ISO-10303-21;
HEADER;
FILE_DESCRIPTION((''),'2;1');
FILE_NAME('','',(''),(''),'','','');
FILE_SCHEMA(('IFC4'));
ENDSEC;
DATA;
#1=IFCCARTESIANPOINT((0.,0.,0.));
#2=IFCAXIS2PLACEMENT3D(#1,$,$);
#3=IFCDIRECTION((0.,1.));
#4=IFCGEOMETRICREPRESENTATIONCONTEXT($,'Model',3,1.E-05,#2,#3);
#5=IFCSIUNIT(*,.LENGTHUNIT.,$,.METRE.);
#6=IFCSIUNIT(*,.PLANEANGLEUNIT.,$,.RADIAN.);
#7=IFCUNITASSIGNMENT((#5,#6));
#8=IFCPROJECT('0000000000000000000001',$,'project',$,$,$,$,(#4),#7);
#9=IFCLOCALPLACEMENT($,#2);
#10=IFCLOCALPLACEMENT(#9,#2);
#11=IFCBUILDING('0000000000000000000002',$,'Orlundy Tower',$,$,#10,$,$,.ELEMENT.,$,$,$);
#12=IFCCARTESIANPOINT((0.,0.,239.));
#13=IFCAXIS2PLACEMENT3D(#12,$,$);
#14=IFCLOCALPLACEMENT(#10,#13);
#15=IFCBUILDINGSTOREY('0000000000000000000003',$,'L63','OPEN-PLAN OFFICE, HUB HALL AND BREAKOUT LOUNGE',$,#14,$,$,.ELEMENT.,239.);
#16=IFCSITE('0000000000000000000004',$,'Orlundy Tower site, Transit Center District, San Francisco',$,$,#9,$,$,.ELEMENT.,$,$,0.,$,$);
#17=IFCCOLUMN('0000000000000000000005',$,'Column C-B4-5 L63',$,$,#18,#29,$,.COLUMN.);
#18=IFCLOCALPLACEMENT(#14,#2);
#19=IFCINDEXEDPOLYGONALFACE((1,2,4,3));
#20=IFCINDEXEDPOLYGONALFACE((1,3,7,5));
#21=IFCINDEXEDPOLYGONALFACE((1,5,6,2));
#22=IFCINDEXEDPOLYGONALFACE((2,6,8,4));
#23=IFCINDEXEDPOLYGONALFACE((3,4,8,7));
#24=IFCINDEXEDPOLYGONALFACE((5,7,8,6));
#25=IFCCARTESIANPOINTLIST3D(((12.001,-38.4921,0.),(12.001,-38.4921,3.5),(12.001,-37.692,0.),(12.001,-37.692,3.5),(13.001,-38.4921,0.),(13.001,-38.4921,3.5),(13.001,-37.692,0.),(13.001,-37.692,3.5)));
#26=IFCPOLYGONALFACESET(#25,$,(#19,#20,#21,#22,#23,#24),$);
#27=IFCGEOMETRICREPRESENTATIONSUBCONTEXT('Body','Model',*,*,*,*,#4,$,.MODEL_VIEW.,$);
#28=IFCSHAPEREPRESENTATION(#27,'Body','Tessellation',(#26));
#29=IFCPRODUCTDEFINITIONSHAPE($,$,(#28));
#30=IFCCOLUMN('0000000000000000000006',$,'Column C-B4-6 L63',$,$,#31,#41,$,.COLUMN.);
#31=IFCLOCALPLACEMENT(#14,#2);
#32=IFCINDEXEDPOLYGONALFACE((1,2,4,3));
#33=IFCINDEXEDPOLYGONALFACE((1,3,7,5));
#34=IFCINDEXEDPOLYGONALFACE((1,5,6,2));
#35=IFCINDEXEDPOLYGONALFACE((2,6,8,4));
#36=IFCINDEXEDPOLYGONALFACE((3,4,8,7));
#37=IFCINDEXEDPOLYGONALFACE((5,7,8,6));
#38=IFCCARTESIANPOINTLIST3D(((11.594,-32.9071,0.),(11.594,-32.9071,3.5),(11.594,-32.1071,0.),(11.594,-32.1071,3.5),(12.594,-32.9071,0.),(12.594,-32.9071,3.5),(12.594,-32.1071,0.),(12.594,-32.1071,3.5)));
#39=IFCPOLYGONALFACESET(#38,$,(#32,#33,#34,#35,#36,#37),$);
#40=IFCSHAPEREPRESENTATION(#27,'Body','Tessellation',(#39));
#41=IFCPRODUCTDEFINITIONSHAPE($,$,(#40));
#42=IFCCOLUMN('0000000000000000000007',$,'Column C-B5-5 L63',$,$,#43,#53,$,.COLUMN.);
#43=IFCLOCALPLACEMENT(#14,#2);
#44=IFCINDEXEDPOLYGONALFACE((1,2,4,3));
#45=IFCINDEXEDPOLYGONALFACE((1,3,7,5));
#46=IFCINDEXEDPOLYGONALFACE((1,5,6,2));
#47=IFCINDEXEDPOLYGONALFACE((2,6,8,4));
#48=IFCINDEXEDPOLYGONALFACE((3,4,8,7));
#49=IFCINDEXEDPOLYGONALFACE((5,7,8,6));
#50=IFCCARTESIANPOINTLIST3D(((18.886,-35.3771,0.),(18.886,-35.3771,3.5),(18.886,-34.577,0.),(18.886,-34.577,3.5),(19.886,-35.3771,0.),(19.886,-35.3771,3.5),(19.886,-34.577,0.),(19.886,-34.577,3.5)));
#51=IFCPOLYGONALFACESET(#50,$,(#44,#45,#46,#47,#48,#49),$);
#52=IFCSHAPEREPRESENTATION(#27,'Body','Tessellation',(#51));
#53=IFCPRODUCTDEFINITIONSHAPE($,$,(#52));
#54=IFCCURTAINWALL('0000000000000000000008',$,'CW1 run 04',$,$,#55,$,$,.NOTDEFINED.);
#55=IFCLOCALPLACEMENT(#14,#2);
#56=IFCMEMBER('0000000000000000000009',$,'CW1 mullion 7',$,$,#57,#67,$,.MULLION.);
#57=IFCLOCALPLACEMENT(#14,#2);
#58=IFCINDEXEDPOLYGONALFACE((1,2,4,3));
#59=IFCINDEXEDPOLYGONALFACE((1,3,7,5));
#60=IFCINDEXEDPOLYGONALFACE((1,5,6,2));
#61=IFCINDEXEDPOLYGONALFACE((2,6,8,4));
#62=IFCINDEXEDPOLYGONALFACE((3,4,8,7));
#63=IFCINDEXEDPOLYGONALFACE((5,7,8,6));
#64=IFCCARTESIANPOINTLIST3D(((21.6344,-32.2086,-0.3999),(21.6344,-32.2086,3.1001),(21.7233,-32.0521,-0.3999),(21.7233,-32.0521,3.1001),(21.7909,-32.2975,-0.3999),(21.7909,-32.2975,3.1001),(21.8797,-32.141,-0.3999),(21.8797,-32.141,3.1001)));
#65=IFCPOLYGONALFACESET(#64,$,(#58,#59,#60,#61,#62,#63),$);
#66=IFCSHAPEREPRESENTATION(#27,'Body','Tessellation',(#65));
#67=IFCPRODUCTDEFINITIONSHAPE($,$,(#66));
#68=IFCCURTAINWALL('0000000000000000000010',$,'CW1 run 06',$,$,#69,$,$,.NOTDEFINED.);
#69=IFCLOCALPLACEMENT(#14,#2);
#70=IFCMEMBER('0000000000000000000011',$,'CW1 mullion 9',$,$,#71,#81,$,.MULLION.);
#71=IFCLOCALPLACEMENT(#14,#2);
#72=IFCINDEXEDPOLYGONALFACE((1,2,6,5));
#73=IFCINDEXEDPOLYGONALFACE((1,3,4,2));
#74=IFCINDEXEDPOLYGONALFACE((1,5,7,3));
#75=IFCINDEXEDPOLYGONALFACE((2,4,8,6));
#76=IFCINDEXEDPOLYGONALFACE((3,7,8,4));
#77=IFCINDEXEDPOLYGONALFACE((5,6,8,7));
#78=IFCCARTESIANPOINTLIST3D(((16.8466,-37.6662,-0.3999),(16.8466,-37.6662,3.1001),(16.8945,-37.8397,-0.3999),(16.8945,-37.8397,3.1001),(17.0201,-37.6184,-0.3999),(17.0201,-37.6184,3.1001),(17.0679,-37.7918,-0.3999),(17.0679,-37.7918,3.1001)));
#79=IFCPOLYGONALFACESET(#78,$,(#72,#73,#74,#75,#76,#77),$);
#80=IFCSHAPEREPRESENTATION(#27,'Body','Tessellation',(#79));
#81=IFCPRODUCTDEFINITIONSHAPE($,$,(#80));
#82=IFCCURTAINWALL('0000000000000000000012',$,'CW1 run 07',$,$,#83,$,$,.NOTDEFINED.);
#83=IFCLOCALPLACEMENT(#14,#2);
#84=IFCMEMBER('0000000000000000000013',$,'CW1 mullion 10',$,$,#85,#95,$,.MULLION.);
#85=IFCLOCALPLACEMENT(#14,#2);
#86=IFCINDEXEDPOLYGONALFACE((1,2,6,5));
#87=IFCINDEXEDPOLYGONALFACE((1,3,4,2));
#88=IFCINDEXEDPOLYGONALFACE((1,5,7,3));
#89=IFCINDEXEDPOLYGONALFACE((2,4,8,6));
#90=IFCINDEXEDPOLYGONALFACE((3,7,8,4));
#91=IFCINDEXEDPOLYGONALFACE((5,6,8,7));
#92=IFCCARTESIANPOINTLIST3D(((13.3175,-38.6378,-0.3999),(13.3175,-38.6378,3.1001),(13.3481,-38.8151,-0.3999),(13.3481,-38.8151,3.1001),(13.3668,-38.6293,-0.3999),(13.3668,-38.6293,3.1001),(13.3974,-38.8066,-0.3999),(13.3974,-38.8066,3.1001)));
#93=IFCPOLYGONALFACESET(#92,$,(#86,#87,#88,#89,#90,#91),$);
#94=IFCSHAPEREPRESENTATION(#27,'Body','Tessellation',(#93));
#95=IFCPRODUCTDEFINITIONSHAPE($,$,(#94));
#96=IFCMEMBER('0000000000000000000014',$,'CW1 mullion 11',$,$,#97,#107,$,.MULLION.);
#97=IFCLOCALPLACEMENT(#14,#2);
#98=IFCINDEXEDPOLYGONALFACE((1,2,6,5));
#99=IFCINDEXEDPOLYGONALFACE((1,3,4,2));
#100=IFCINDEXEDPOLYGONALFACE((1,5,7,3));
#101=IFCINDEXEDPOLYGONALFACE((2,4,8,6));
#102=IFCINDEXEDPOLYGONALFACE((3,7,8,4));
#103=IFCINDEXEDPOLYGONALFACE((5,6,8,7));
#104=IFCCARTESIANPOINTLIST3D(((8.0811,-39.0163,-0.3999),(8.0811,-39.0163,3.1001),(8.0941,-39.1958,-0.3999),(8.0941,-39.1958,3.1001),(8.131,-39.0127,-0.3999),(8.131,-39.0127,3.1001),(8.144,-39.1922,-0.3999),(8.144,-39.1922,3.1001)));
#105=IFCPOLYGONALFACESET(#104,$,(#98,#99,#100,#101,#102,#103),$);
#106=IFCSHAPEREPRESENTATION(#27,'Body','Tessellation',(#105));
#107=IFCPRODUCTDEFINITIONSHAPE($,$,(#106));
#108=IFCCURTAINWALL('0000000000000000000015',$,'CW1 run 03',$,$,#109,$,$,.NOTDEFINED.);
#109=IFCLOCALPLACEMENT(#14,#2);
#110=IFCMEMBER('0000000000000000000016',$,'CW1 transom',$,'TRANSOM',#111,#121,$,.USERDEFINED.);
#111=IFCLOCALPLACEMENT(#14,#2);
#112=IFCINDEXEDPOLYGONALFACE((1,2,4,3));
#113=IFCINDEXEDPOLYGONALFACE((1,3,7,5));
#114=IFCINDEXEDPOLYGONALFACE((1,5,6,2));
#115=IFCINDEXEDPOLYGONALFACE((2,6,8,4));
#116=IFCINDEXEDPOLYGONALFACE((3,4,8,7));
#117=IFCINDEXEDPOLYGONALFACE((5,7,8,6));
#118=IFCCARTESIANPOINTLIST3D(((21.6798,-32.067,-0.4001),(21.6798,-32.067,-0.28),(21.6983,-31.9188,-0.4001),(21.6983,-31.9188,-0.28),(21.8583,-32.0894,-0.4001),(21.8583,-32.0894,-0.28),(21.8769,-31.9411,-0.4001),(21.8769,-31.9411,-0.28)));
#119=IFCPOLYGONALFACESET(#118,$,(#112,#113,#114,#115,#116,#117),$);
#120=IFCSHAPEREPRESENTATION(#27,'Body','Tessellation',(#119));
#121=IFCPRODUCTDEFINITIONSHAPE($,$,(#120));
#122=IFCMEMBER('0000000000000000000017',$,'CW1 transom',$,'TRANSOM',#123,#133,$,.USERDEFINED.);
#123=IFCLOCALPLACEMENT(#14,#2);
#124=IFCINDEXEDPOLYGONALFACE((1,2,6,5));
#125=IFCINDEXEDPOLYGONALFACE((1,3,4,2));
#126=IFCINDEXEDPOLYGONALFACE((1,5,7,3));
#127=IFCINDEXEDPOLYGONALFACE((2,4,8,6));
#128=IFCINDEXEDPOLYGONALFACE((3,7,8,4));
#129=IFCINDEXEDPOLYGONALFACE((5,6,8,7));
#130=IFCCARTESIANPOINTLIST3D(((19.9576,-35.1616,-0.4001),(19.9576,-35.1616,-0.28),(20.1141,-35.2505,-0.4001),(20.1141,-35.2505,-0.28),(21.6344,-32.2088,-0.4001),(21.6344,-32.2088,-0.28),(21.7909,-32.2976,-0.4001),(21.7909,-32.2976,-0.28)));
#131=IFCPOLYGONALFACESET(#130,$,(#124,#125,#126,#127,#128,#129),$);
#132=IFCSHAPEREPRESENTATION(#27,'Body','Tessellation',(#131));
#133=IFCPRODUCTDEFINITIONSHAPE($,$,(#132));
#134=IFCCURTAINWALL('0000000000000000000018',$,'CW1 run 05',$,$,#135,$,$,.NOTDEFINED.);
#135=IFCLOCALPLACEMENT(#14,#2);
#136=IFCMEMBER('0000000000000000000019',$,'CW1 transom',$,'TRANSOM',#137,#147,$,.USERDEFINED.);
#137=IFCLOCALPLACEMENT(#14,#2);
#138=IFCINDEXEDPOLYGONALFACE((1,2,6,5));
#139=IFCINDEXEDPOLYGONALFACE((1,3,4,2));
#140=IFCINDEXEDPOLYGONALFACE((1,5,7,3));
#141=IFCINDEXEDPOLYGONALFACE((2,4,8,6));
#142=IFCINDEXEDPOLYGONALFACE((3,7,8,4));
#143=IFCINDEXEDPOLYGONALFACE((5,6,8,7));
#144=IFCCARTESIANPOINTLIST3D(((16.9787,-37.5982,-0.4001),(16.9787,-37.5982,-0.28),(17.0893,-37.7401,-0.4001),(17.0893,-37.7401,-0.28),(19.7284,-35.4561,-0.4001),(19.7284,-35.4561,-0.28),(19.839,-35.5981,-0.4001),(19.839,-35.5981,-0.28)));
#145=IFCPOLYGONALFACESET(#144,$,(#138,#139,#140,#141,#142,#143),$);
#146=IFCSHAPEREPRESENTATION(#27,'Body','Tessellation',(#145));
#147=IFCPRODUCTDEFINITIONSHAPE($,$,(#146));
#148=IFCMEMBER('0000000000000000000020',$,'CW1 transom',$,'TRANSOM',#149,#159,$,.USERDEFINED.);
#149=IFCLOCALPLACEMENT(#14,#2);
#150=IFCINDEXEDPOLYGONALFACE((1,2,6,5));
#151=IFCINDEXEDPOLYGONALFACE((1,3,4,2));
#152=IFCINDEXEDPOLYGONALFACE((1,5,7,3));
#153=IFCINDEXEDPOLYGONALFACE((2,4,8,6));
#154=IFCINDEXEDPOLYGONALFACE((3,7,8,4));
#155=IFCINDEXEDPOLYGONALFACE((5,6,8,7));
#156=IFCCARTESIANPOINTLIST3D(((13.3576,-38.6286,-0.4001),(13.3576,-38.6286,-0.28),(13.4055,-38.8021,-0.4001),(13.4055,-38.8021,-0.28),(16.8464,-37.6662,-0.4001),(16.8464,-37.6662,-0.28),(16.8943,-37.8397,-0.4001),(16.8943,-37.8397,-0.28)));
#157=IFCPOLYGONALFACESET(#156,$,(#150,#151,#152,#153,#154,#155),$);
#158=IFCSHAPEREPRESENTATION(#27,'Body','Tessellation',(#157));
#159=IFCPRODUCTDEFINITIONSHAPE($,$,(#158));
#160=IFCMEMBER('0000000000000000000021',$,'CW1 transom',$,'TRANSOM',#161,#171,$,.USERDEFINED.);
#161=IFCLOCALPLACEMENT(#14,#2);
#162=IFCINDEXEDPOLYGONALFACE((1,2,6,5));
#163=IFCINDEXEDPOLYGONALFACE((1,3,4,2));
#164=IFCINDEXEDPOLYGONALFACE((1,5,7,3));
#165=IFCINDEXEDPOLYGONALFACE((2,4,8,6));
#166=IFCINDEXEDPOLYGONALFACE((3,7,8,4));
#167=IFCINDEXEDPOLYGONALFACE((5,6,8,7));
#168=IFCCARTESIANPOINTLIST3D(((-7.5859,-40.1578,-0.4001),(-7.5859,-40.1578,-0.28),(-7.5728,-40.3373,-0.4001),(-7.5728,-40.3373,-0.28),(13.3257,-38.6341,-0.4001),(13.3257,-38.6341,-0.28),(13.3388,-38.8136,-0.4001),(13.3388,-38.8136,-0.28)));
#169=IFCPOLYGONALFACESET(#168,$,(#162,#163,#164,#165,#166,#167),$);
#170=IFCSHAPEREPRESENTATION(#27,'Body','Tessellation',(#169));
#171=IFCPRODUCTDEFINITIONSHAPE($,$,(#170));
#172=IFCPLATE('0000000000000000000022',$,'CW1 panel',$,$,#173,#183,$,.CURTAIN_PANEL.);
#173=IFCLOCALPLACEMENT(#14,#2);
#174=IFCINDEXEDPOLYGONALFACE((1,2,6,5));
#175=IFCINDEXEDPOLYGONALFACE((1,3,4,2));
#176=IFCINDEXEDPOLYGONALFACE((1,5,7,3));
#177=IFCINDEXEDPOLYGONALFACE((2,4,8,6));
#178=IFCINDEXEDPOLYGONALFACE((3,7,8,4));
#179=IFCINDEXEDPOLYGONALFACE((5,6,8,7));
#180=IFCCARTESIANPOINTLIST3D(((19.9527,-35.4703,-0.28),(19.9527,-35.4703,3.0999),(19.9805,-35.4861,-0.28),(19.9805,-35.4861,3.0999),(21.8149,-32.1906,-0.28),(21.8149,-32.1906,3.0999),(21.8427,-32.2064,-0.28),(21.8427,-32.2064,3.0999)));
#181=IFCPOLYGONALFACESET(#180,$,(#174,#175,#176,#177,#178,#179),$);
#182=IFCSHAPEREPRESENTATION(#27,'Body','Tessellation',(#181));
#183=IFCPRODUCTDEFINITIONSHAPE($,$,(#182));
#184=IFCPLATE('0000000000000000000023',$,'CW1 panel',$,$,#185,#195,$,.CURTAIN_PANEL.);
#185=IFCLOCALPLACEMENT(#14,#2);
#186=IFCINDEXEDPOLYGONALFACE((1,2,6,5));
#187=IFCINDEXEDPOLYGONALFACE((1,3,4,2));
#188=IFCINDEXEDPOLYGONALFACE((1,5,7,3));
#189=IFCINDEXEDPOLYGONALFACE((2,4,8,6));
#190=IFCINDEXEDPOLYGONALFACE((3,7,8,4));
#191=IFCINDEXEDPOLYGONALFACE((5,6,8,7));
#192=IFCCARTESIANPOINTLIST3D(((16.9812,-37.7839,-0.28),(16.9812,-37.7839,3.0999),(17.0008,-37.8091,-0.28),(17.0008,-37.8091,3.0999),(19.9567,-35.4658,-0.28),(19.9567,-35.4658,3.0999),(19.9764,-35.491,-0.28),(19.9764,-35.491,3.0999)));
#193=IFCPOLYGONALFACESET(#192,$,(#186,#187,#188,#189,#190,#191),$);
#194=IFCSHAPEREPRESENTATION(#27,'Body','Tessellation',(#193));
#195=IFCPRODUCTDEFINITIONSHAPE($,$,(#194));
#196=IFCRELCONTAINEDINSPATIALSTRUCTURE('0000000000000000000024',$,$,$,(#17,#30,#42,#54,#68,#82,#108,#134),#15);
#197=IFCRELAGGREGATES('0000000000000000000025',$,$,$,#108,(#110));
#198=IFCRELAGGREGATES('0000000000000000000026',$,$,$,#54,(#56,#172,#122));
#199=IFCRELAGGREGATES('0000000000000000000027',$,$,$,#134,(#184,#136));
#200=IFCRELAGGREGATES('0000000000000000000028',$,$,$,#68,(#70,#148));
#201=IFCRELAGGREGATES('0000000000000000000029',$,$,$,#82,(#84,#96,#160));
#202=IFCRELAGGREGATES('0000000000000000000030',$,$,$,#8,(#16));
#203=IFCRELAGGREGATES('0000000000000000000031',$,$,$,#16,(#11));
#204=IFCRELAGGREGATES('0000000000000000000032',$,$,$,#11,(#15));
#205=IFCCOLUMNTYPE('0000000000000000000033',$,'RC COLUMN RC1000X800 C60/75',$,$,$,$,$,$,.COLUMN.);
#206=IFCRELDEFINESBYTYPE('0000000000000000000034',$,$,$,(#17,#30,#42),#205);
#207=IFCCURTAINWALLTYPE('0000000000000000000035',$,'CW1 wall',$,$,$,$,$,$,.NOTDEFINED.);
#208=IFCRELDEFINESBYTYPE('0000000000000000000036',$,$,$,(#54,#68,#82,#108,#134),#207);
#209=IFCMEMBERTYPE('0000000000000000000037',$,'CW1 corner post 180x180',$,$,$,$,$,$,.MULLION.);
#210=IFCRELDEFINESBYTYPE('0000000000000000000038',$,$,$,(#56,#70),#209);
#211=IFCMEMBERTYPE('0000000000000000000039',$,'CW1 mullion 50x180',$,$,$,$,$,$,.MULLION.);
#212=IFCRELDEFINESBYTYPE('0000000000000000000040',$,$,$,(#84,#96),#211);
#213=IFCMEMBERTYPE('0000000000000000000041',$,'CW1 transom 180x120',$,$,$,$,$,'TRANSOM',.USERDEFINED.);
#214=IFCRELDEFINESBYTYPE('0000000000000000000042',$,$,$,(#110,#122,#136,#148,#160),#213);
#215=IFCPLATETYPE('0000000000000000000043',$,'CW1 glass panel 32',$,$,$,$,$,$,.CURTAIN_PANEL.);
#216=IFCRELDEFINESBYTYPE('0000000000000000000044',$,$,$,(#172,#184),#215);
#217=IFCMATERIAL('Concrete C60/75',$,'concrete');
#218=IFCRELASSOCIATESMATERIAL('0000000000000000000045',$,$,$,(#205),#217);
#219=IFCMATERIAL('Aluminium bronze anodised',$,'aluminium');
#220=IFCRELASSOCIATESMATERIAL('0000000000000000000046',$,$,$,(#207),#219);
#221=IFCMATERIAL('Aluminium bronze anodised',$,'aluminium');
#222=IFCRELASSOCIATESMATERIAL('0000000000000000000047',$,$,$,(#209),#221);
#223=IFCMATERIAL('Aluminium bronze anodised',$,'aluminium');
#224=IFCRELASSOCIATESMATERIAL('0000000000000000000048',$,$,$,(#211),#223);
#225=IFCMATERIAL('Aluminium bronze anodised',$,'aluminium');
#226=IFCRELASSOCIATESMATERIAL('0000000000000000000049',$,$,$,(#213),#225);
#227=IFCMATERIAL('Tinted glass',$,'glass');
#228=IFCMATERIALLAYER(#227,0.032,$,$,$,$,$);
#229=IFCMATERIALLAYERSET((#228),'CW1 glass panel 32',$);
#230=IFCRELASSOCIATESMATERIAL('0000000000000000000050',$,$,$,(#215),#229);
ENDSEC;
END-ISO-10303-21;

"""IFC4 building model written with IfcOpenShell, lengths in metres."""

from ifc_helpers import new_model, si_unit, direction, frame, origin, origin_2d, place, context, subcontext, project, spatial, rectangle, extrude, material, layer, layer_set, material_profile, profile_set, type_object, element, aggregate, save


model = new_model("IFC4")

# Units and contexts
model_context = context("Model", 3, precision=1e-05, world=origin(), true_north=direction((0.0, 1.0)))
body_context = subcontext(model_context, "Body", "Model", "MODEL_VIEW")
ifc_project = project(units=[si_unit("LENGTHUNIT", "METRE"), si_unit("PLANEANGLEUNIT", "RADIAN")], contexts=[model_context])

# Site, building, storey
site_placement = place(None, origin())
site = spatial("IfcSite", under=ifc_project, at=site_placement, Name="Orlundy Tower site, Transit Center District, San Francisco", CompositionType="ELEMENT", RefElevation=0.0)
building_placement = place(site_placement, origin())
building = spatial("IfcBuilding", under=site, at=building_placement, Name="Orlundy Tower", CompositionType="ELEMENT")
storey_placement = place(building_placement, frame((0.0, 0.0, 239.0)))
storey = spatial("IfcBuildingStorey", under=building, at=storey_placement, Name="L63", Description="OPEN-PLAN OFFICE, HUB HALL AND BREAKOUT LOUNGE", CompositionType="ELEMENT", Elevation=239.0)

# Columns
ifc_material_1 = material(Name="Concrete C60/75", Category="concrete")
ifc_material_profile_1 = material_profile(ifc_material_1, rectangle(XDim=1.0, YDim=0.8, at=origin_2d()), Name="RC1000X800")
ifc_profile_set_1 = profile_set([ifc_material_profile_1], Name="Concrete C60/75")
column_type = type_object("IfcColumnType", Name="RC COLUMN RC1000X800 C60/75", PredefinedType="COLUMN", material=ifc_profile_set_1)
for number, where, z_axis, x_axis, name in (
    (1, (12.501, -38.092, 0.0), (0.0, 0.0, 1.0), (1.0, 0.0, 0.0), "Column C-B4-5 L63"),
    (2, (12.094, -32.5071, 0.0), (0.0, 0.0, 1.0), (1.0, 0.0, 0.0), "Column C-B4-6 L63"),
    (3, (19.386, -34.9771, 0.0), (0.0, 0.0, 1.0), (1.0, 0.0, 0.0), "Column C-B5-5 L63"),
):
    element("IfcColumn", number, at=place(storey_placement, frame(where, z_axis=z_axis, x_axis=x_axis)), inside=storey, type_object=column_type, Name=name, PredefinedType="COLUMN", context=body_context, shape_type="SweptSolid", body=[
        extrude(rectangle(XDim=1.0, YDim=0.8, at=origin_2d()), origin(), (0.0, 0.0, 1.0), 3.5),
    ])

# Curtain walls, members
ifc_material_2 = material(Name="Aluminium bronze anodised", Category="aluminium")
curtain_wall_type = type_object("IfcCurtainWallType", Name="CW1 wall", PredefinedType="NOTDEFINED", material=ifc_material_2)
curtain_wall_1_placement = place(storey_placement, origin())
curtain_wall_1 = element("IfcCurtainWall", 4, at=curtain_wall_1_placement, inside=storey, type_object=curtain_wall_type, Name="CW1 run 04", PredefinedType="NOTDEFINED")
ifc_material_3 = material(Name="Aluminium bronze anodised", Category="aluminium")
ifc_material_profile_2 = material_profile(ifc_material_3, rectangle(XDim=0.1799, YDim=0.1799, at=origin_2d()), Name="CW1 corner post 180x180")
ifc_profile_set_2 = profile_set([ifc_material_profile_2], Name="Aluminium bronze anodised")
member_type_1 = type_object("IfcMemberType", Name="CW1 corner post 180x180", PredefinedType="MULLION", material=ifc_profile_set_2)
member_1_placement = place(storey_placement, frame((21.7571, -32.1748, -0.3999), z_axis=(0.0, 0.0, 1.0), x_axis=(0.869601, -0.493754, 0.0)))
member_1 = element("IfcMember", 5, at=member_1_placement, type_object=member_type_1, Name="CW1 mullion 7", PredefinedType="MULLION", context=body_context, shape_type="SweptSolid", body=[
    extrude(rectangle(XDim=0.1799, YDim=0.1799, at=origin_2d()), origin(), (0.0, 0.0, 1.0), 3.5),
])
curtain_wall_2_placement = place(storey_placement, origin())
curtain_wall_2 = element("IfcCurtainWall", 6, at=curtain_wall_2_placement, inside=storey, type_object=curtain_wall_type, Name="CW1 run 06", PredefinedType="NOTDEFINED")
member_2_placement = place(storey_placement, frame((16.9573, -37.729, -0.3999), z_axis=(0.0, 0.0, 1.0), x_axis=(0.265946, -0.963988, 0.0)))
member_2 = element("IfcMember", 7, at=member_2_placement, type_object=member_type_1, Name="CW1 mullion 9", PredefinedType="MULLION", context=body_context, shape_type="SweptSolid", body=[
    extrude(rectangle(XDim=0.1799, YDim=0.1799, at=origin_2d()), origin(), (0.0, 0.0, 1.0), 3.5),
])

# Curtain wall, members
curtain_wall_3_placement = place(storey_placement, origin())
curtain_wall_3 = element("IfcCurtainWall", 8, at=curtain_wall_3_placement, inside=storey, type_object=curtain_wall_type, Name="CW1 run 07", PredefinedType="NOTDEFINED")
ifc_material_4 = material(Name="Aluminium bronze anodised", Category="aluminium")
ifc_material_profile_3 = material_profile(ifc_material_4, rectangle(XDim=0.1799, YDim=0.05, at=origin_2d()), Name="CW1 mullion 50x180")
ifc_profile_set_3 = profile_set([ifc_material_profile_3], Name="Aluminium bronze anodised")
member_type_2 = type_object("IfcMemberType", Name="CW1 mullion 50x180", PredefinedType="MULLION", material=ifc_profile_set_3)
member_3_placement = place(storey_placement, frame((13.3574, -38.7222, -0.3999), z_axis=(0.0, 0.0, 1.0), x_axis=(0.170127, -0.985422, 0.0)))
member_3 = element("IfcMember", 9, at=member_3_placement, type_object=member_type_2, Name="CW1 mullion 10", PredefinedType="MULLION", context=body_context, shape_type="SweptSolid", body=[
    extrude(rectangle(XDim=0.1799, YDim=0.05, at=origin_2d()), origin(), (0.0, 0.0, 1.0), 3.5),
])
member_4_placement = place(storey_placement, frame((8.1125, -39.1042, -0.3999), z_axis=(0.0, 0.0, 1.0), x_axis=(0.072668, -0.997356, 0.0)))
member_4 = element("IfcMember", 10, at=member_4_placement, type_object=member_type_2, Name="CW1 mullion 11", PredefinedType="MULLION", context=body_context, shape_type="SweptSolid", body=[
    extrude(rectangle(XDim=0.1799, YDim=0.05, at=origin_2d()), origin(), (0.0, 0.0, 1.0), 3.5),
])

# Curtain wall, member
curtain_wall_4_placement = place(storey_placement, origin())
curtain_wall_4 = element("IfcCurtainWall", 11, at=curtain_wall_4_placement, inside=storey, type_object=curtain_wall_type, Name="CW1 run 03", PredefinedType="NOTDEFINED")
ifc_material_5 = material(Name="Aluminium bronze anodised", Category="aluminium")
ifc_material_profile_4 = material_profile(ifc_material_5, rectangle(XDim=0.1799, YDim=0.1201, at=origin_2d()), Name="CW1 transom 180x120")
ifc_profile_set_4 = profile_set([ifc_material_profile_4], Name="Aluminium bronze anodised")
member_type_3 = type_object("IfcMemberType", Name="CW1 transom 180x120", ElementType="TRANSOM", PredefinedType="USERDEFINED", material=ifc_profile_set_4)
member_5_placement = place(storey_placement, frame((21.7876, -31.9299, -0.3401), z_axis=(-0.124236, -0.992253, 0.0), x_axis=(0.992253, -0.124236, 0.0)))
member_5 = element("IfcMember", 12, at=member_5_placement, type_object=member_type_3, Name="CW1 transom", ObjectType="TRANSOM", PredefinedType="USERDEFINED", context=body_context, shape_type="SweptSolid", body=[
    extrude(rectangle(XDim=0.1799, YDim=0.1201, at=origin_2d()), origin(), (0.0, 0.0, 1.0), 0.1494),
])
aggregate(curtain_wall_4, [member_5])

# Member
member_6_placement = place(storey_placement, frame((21.7126, -32.2532, -0.3401), z_axis=(-0.493783, -0.869585, 0.0), x_axis=(0.869585, -0.493783, 0.0)))
member_6 = element("IfcMember", 13, at=member_6_placement, type_object=member_type_3, Name="CW1 transom", ObjectType="TRANSOM", PredefinedType="USERDEFINED", context=body_context, shape_type="SweptSolid", body=[
    extrude(rectangle(XDim=0.1799, YDim=0.1201, at=origin_2d()), origin(), (0.0, 0.0, 1.0), 3.3958),
])

# Curtain wall, member
curtain_wall_5_placement = place(storey_placement, origin())
curtain_wall_5 = element("IfcCurtainWall", 14, at=curtain_wall_5_placement, inside=storey, type_object=curtain_wall_type, Name="CW1 run 05", PredefinedType="NOTDEFINED")
member_7_placement = place(storey_placement, frame((19.7837, -35.5271, -0.3401), z_axis=(-0.788881, -0.614547, 0.0), x_axis=(0.614547, -0.788881, 0.0)))
member_7 = element("IfcMember", 15, at=member_7_placement, type_object=member_type_3, Name="CW1 transom", ObjectType="TRANSOM", PredefinedType="USERDEFINED", context=body_context, shape_type="SweptSolid", body=[
    extrude(rectangle(XDim=0.1799, YDim=0.1201, at=origin_2d()), origin(), (0.0, 0.0, 1.0), 3.4856),
])

# Members
member_8_placement = place(storey_placement, frame((16.8704, -37.7529, -0.3401), z_axis=(-0.963994, -0.265925, 0.0), x_axis=(0.265925, -0.963994, 0.0)))
member_8 = element("IfcMember", 16, at=member_8_placement, type_object=member_type_3, Name="CW1 transom", ObjectType="TRANSOM", PredefinedType="USERDEFINED", context=body_context, shape_type="SweptSolid", body=[
    extrude(rectangle(XDim=0.1799, YDim=0.1201, at=origin_2d()), origin(), (0.0, 0.0, 1.0), 3.6191),
])
member_9_placement = place(storey_placement, frame((13.3323, -38.7239, -0.3401), z_axis=(-0.997356, -0.07267, 0.0), x_axis=(0.07267, -0.997356, 0.0)))
member_9 = element("IfcMember", 17, at=member_9_placement, type_object=member_type_3, Name="CW1 transom", ObjectType="TRANSOM", PredefinedType="USERDEFINED", context=body_context, shape_type="SweptSolid", body=[
    extrude(rectangle(XDim=0.1799, YDim=0.1201, at=origin_2d()), origin(), (0.0, 0.0, 1.0), 20.967),
])

# Plates
ifc_material_6 = material(Name="Tinted glass", Category="glass")
ifc_layer_1 = layer(ifc_material_6, 0.032)
ifc_layer_set_1 = layer_set([ifc_layer_1], Name="CW1 glass panel 32")
plate_type = type_object("IfcPlateType", Name="CW1 glass panel 32", PredefinedType="CURTAIN_PANEL", material=ifc_layer_set_1)
plate_1_placement = place(storey_placement, frame((20.8977, -33.8384, -0.28), z_axis=(0.0, 0.0, 1.0), x_axis=(-0.493754, -0.869601, 0.0)))
plate_1 = element("IfcPlate", 18, at=plate_1_placement, type_object=plate_type, Name="CW1 panel", PredefinedType="CURTAIN_PANEL", context=body_context, shape_type="SweptSolid", body=[
    extrude(rectangle(XDim=3.7715, YDim=0.032, at=origin_2d()), origin(), (0.0, 0.0, 1.0), 3.3799),
])
aggregate(curtain_wall_1, [member_1, plate_1, member_6])
plate_2_placement = place(storey_placement, frame((18.4788, -36.6375, -0.28), z_axis=(0.0, 0.0, 1.0), x_axis=(-0.788858, -0.614575, 0.0)))
plate_2 = element("IfcPlate", 19, at=plate_2_placement, type_object=plate_type, Name="CW1 panel", PredefinedType="CURTAIN_PANEL", context=body_context, shape_type="SweptSolid", body=[
    extrude(rectangle(XDim=3.772, YDim=0.032, at=origin_2d()), origin(), (0.0, 0.0, 1.0), 3.3799),
])
aggregate(curtain_wall_5, [plate_2, member_7])
aggregate(curtain_wall_2, [member_2, member_8])
aggregate(curtain_wall_3, [member_3, member_4, member_9])

save(model, "model.ifc")
